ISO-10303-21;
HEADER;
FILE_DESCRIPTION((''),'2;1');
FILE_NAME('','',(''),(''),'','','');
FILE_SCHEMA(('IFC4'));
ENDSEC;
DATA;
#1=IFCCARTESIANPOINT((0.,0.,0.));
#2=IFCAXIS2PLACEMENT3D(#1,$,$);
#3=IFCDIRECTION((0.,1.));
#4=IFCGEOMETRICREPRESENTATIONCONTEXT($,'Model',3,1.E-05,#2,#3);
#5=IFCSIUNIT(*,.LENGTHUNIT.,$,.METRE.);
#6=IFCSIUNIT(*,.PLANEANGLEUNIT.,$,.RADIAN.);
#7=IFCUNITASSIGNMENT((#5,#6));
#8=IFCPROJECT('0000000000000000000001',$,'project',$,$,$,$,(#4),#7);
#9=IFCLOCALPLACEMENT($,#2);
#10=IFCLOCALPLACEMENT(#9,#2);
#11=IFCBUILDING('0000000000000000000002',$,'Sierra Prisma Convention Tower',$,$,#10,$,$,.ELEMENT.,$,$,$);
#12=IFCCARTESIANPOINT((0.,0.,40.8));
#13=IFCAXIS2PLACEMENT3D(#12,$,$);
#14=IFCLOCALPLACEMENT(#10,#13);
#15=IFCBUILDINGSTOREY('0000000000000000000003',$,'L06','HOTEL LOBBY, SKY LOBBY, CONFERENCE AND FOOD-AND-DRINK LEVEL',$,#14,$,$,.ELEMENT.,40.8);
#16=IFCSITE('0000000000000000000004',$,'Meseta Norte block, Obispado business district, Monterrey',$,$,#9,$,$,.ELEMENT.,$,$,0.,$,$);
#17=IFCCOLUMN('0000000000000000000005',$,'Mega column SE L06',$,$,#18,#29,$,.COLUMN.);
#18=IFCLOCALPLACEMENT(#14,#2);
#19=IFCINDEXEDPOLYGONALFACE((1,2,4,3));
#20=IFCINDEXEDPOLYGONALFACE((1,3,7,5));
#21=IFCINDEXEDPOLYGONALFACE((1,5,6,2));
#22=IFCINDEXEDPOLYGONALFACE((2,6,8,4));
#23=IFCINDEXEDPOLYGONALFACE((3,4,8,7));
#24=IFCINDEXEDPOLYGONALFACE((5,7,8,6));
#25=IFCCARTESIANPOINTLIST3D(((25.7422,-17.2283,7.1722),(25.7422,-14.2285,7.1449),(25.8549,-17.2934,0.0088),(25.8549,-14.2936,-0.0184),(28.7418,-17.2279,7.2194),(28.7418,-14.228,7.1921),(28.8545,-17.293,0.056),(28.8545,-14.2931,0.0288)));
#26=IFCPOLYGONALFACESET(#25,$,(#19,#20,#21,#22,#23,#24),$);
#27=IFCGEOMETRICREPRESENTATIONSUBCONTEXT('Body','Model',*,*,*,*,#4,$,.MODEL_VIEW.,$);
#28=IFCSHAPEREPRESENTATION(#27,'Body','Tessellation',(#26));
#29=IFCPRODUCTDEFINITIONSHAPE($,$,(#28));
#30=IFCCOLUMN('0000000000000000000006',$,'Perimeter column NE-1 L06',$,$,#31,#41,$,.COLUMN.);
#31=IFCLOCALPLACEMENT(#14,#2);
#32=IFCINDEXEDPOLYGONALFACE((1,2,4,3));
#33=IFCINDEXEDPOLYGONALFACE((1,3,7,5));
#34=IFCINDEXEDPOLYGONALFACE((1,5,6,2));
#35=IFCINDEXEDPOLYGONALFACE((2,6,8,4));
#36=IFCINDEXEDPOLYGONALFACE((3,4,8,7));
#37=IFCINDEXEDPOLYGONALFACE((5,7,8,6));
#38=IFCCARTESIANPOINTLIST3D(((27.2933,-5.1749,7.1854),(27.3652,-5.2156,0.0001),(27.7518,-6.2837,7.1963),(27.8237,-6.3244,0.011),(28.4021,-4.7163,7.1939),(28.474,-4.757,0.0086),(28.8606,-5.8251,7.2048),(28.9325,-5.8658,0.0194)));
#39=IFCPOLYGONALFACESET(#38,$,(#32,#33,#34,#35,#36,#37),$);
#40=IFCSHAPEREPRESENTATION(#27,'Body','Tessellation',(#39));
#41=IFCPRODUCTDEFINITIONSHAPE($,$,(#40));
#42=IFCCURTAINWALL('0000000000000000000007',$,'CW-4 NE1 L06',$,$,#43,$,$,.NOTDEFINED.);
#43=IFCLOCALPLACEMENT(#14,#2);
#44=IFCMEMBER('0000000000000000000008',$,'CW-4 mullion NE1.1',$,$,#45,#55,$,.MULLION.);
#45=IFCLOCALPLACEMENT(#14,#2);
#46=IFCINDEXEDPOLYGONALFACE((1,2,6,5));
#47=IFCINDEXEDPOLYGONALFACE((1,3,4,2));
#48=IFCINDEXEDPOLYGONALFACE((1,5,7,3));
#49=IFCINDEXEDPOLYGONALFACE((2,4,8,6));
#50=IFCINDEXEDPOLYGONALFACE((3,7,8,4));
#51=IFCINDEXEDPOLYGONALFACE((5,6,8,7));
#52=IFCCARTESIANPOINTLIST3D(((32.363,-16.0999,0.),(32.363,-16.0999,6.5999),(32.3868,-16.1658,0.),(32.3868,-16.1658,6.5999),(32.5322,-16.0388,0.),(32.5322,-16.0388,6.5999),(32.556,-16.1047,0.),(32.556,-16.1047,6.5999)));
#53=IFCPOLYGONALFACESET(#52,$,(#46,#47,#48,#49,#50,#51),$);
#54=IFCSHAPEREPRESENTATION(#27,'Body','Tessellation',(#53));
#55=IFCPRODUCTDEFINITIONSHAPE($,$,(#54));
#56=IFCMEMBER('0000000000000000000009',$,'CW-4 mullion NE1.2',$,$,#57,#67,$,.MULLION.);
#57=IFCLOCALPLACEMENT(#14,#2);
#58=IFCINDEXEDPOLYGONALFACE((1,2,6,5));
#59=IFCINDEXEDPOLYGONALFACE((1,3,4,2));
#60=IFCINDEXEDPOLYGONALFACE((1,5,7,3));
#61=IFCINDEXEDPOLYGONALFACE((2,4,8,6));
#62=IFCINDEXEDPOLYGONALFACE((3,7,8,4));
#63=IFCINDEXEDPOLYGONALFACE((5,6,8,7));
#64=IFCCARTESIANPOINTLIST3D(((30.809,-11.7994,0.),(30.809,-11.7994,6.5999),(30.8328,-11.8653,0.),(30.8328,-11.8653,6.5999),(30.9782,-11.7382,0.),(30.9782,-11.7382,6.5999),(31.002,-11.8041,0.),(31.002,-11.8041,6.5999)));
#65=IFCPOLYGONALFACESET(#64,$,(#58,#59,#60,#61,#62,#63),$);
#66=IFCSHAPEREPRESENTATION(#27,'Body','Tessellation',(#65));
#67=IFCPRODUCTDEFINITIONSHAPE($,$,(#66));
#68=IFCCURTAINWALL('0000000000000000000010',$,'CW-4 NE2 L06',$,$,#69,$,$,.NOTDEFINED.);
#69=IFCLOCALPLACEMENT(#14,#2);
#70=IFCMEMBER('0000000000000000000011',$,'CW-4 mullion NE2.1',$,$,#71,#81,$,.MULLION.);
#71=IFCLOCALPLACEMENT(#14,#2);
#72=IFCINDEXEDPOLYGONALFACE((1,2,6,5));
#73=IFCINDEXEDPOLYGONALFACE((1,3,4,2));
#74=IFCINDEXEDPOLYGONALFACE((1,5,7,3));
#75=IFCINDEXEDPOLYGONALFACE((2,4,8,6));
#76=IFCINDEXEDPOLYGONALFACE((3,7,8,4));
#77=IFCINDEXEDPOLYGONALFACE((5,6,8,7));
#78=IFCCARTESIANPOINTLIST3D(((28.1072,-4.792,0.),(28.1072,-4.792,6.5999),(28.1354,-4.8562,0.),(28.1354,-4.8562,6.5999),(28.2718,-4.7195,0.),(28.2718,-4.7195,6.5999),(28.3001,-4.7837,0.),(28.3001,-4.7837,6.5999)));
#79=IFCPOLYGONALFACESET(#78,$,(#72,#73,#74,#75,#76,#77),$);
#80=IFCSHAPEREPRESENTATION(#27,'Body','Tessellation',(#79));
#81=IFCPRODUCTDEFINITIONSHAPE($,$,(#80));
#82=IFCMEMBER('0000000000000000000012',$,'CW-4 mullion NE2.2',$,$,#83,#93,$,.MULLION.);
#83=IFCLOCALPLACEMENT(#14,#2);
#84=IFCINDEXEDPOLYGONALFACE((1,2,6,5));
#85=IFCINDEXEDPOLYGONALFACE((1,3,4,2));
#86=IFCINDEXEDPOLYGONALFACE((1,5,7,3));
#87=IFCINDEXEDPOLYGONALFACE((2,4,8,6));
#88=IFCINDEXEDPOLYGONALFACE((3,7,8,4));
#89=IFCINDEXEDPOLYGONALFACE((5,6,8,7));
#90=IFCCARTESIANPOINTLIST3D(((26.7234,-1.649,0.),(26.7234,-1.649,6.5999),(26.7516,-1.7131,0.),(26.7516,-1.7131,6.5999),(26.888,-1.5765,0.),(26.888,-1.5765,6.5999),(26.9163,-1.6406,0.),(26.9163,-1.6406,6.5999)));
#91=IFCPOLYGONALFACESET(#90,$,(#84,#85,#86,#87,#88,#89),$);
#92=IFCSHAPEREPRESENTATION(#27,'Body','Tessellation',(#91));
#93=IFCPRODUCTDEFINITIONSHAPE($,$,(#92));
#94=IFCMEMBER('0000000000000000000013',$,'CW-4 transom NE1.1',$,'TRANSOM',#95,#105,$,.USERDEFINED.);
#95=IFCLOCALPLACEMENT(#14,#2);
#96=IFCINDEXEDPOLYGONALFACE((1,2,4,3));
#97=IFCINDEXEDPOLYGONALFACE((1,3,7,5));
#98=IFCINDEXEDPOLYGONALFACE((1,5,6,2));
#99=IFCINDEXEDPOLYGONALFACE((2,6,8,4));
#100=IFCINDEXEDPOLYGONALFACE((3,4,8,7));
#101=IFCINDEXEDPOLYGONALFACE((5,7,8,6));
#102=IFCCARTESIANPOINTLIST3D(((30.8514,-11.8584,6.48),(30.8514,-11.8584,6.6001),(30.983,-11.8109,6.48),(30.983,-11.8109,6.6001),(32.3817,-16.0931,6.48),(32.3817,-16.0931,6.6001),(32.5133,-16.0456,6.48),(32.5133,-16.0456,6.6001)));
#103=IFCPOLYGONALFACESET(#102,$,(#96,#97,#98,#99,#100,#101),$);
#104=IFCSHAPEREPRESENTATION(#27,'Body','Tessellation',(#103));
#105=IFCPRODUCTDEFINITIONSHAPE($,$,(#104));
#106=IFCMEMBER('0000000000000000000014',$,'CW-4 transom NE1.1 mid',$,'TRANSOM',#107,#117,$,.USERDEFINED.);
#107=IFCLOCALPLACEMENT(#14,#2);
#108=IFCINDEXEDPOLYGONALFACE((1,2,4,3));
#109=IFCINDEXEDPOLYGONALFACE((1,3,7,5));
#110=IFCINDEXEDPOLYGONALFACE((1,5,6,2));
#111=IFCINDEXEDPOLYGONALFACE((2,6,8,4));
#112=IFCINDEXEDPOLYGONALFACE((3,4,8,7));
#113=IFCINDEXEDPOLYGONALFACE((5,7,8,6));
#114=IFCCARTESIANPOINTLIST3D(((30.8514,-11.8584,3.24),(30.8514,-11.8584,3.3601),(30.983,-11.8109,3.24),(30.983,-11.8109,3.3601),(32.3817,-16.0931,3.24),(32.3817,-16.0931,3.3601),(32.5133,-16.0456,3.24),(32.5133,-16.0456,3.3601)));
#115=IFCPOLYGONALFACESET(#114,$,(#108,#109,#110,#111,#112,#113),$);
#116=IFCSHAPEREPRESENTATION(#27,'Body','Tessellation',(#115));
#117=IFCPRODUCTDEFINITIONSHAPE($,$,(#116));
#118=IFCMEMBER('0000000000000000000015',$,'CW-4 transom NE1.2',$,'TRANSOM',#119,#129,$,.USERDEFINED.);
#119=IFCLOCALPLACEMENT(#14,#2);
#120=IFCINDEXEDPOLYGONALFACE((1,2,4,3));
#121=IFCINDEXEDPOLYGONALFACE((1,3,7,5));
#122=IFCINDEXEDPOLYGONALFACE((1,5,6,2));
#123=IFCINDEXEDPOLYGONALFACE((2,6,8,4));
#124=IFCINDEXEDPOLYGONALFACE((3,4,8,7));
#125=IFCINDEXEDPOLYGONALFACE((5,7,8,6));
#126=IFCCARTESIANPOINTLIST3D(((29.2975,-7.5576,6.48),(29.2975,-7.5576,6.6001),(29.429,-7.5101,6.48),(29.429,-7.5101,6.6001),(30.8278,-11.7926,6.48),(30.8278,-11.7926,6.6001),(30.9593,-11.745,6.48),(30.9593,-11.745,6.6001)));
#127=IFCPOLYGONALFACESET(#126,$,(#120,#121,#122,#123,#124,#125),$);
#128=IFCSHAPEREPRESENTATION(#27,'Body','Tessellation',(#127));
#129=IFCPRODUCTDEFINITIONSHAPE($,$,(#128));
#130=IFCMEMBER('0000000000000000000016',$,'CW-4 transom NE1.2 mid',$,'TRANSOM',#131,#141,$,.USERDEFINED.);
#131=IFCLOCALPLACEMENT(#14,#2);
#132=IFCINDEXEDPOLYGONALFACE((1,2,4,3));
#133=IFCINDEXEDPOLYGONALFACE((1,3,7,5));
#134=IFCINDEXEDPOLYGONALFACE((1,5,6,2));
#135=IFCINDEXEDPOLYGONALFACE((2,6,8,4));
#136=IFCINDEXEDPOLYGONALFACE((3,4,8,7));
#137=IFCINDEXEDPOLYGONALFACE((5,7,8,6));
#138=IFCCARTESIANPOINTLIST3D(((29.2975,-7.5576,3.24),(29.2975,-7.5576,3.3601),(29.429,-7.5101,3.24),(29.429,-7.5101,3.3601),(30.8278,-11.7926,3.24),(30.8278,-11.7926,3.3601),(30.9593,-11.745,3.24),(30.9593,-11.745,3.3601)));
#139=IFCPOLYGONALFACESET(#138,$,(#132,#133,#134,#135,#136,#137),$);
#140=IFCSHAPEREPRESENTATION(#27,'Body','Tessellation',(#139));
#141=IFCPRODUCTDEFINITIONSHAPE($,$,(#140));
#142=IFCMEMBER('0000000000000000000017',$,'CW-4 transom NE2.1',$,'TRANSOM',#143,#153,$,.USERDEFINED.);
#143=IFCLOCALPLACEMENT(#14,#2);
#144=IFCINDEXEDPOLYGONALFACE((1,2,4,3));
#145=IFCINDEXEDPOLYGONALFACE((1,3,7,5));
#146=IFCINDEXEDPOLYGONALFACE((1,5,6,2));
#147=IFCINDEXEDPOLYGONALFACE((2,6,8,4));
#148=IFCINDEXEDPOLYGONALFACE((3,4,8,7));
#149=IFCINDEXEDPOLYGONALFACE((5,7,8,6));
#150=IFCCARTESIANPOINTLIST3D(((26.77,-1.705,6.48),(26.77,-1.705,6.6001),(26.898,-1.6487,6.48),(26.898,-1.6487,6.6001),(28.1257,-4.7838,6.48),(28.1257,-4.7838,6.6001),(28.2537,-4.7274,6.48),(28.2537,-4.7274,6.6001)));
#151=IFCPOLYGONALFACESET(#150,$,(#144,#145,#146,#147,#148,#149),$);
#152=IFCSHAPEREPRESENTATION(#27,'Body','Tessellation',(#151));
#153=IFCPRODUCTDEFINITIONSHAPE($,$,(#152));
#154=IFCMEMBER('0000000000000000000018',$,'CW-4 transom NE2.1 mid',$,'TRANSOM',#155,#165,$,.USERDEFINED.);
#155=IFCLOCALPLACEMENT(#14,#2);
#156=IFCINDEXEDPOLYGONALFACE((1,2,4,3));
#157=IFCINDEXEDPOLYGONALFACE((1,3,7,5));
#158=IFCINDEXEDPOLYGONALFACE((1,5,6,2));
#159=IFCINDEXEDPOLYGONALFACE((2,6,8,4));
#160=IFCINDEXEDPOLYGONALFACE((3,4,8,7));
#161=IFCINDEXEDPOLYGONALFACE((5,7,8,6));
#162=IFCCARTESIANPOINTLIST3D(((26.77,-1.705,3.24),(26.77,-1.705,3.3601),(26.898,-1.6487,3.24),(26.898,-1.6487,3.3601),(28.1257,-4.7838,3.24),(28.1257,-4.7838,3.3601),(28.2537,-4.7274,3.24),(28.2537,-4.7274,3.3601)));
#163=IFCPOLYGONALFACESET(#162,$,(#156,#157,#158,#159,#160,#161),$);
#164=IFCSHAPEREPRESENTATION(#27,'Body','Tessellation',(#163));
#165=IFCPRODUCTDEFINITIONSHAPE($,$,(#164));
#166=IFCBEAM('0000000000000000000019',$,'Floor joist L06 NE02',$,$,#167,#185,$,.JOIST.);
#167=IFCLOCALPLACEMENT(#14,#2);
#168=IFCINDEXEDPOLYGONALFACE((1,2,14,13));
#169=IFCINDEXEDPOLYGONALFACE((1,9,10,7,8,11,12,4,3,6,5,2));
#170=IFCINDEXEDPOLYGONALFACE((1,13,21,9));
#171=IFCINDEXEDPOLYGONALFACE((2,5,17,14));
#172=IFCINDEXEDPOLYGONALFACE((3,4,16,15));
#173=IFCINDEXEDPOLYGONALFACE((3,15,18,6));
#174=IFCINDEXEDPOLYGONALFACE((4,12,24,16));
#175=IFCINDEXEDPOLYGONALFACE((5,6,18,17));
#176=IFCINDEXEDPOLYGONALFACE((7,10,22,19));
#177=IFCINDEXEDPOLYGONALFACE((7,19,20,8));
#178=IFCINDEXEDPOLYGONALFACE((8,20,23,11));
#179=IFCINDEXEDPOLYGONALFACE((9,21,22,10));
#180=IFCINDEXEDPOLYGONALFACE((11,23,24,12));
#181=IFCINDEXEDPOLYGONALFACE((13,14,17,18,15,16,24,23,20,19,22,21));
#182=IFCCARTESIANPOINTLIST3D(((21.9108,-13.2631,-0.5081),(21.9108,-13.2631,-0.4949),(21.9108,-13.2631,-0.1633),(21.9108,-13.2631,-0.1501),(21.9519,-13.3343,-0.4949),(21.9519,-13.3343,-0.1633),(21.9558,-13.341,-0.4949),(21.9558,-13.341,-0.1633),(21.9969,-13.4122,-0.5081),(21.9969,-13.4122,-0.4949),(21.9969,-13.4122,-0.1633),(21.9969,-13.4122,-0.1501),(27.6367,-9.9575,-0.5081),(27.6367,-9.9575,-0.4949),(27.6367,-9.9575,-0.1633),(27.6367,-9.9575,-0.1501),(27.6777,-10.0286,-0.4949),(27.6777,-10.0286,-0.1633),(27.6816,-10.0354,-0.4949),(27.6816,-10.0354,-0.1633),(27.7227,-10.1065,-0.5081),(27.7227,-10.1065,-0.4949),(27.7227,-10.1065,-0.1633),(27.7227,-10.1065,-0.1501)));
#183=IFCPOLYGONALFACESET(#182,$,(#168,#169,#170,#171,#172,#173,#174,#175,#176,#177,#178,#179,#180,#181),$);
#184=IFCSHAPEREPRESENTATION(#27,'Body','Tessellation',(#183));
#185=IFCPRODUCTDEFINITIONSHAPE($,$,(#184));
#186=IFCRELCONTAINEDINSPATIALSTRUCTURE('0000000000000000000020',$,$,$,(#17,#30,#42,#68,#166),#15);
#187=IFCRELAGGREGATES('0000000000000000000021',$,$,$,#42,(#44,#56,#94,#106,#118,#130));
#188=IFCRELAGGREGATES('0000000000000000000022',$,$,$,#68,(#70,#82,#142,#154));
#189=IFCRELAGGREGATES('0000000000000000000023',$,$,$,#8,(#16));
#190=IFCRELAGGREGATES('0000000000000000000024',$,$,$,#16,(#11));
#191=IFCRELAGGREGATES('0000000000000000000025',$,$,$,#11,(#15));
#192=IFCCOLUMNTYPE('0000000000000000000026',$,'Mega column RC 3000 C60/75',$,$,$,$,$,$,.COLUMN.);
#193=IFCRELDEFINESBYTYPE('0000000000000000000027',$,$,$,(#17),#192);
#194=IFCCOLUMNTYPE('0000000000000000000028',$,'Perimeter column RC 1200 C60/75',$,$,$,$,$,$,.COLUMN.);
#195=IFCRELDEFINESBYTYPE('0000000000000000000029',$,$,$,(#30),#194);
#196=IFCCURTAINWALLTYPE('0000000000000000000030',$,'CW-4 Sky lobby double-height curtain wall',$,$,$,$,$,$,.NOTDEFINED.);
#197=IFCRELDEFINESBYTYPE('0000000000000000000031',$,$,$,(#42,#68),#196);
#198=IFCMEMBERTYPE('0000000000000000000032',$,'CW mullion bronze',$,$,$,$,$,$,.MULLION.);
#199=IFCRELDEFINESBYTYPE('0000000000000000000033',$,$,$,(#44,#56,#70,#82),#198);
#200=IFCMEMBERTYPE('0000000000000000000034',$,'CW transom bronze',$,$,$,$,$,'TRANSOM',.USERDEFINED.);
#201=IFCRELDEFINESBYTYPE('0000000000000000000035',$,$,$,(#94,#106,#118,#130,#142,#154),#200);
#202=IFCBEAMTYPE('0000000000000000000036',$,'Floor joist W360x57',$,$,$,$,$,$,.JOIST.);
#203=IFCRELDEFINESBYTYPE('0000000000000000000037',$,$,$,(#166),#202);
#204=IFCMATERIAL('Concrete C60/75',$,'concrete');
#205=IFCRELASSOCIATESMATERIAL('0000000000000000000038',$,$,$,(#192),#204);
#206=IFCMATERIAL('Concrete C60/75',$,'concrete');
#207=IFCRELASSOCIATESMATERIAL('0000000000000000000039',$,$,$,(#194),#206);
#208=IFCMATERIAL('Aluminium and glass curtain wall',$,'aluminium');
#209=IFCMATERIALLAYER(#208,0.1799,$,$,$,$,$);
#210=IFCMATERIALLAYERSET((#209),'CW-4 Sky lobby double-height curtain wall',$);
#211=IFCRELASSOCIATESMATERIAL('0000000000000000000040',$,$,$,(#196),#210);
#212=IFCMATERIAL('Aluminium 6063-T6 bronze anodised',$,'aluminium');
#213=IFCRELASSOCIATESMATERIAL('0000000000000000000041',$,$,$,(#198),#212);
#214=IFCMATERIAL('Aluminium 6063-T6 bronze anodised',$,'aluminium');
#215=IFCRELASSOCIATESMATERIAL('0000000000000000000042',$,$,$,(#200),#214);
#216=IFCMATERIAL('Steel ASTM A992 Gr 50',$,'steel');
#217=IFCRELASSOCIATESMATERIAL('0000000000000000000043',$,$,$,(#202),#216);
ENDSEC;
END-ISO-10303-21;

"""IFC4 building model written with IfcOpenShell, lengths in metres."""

from ifc_helpers import new_model, si_unit, direction, frame, origin, origin_2d, place, context, subcontext, project, spatial, rectangle, i_section, extrude, clip, halfspace, material, layer, layer_set, material_profile, profile_set, type_object, element, aggregate, save


model = new_model("IFC4")

# Units and contexts
model_context = context("Model", 3, precision=1e-05, world=origin(), true_north=direction((0.0, 1.0)))
body_context = subcontext(model_context, "Body", "Model", "MODEL_VIEW")
ifc_project = project(units=[si_unit("LENGTHUNIT", "METRE"), si_unit("PLANEANGLEUNIT", "RADIAN")], contexts=[model_context])

# Site, building, storey
site_placement = place(None, origin())
site = spatial("IfcSite", under=ifc_project, at=site_placement, Name="Meseta Norte block, Obispado business district, Monterrey", CompositionType="ELEMENT", RefElevation=0.0)
building_placement = place(site_placement, origin())
building = spatial("IfcBuilding", under=site, at=building_placement, Name="Sierra Prisma Convention Tower", CompositionType="ELEMENT")
storey_placement = place(building_placement, frame((0.0, 0.0, 40.8)))
storey = spatial("IfcBuildingStorey", under=building, at=storey_placement, Name="L06", Description="HOTEL LOBBY, SKY LOBBY, CONFERENCE AND FOOD-AND-DRINK LEVEL", CompositionType="ELEMENT", Elevation=40.8)

# Columns
ifc_material_1 = material(Name="Concrete C60/75", Category="concrete")
ifc_material_profile_1 = material_profile(ifc_material_1, rectangle(XDim=3.0, YDim=3.0, at=origin_2d()), Name="Mega column RC 3000 C60/75")
ifc_profile_set_1 = profile_set([ifc_material_profile_1], Name="Concrete C60/75")
column_type_1 = type_object("IfcColumnType", Name="Mega column RC 3000 C60/75", PredefinedType="COLUMN", material=ifc_profile_set_1)
column_1_placement = place(storey_placement, frame((27.355, -15.7935, 0.0), z_axis=(-0.015731, 0.009086, 0.999835), x_axis=(0.999876, 0.000143, 0.01573)))
element("IfcColumn", 1, at=column_1_placement, inside=storey, type_object=column_type_1, Name="Mega column SE L06", PredefinedType="COLUMN", context=body_context, shape_type="SweptSolid", body=[
    clip(clip(extrude(rectangle(XDim=3.0, YDim=3.0, at=origin_2d()), origin(), (0.0, 0.0, 1.0), 7.2012), halfspace(frame((0.0, 0.0, 0.0188)), True)), halfspace(frame((0.0, 0.0, 7.1833)), False)),
])
ifc_material_2 = material(Name="Concrete C60/75", Category="concrete")
ifc_material_profile_2 = material_profile(ifc_material_2, rectangle(XDim=1.2, YDim=1.2, at=origin_2d()), Name="Perimeter column RC 1200 C60/75")
ifc_profile_set_2 = profile_set([ifc_material_profile_2], Name="Concrete C60/75")
column_type_2 = type_object("IfcColumnType", Name="Perimeter column RC 1200 C60/75", PredefinedType="COLUMN", material=ifc_profile_set_2)
column_2_placement = place(storey_placement, frame((28.1489, -5.5408, 0.0), z_axis=(-0.010002, 0.005662, 0.999934), x_axis=(-0.382116, 0.92407, -0.009055)))
element("IfcColumn", 2, at=column_2_placement, inside=storey, type_object=column_type_2, Name="Perimeter column NE-1 L06", PredefinedType="COLUMN", context=body_context, shape_type="SweptSolid", body=[
    clip(clip(extrude(rectangle(XDim=1.2, YDim=1.2, at=origin_2d()), origin(), (0.0, 0.0, 1.0), 7.2004), halfspace(frame((0.0, 0.0, 0.0098)), True)), halfspace(frame((0.0, 0.0, 7.1956)), False)),
])

# Curtain walls, members
ifc_material_3 = material(Name="Aluminium and glass curtain wall", Category="aluminium")
ifc_layer_1 = layer(ifc_material_3, 0.1799)
ifc_layer_set_1 = layer_set([ifc_layer_1], Name="CW-4 Sky lobby double-height curtain wall")
curtain_wall_type = type_object("IfcCurtainWallType", Name="CW-4 Sky lobby double-height curtain wall", PredefinedType="NOTDEFINED", material=ifc_layer_set_1)
curtain_wall_1_placement = place(storey_placement, origin())
curtain_wall_1 = element("IfcCurtainWall", 3, at=curtain_wall_1_placement, inside=storey, type_object=curtain_wall_type, Name="CW-4 NE1 L06", PredefinedType="NOTDEFINED")
ifc_material_4 = material(Name="Aluminium 6063-T6 bronze anodised", Category="aluminium")
ifc_material_profile_3 = material_profile(ifc_material_4, rectangle(XDim=0.1799, YDim=0.0701, at=origin_2d()), Name="ALU MULLION 70x180")
ifc_profile_set_3 = profile_set([ifc_material_profile_3], Name="Aluminium 6063-T6 bronze anodised")
member_type_1 = type_object("IfcMemberType", Name="CW mullion bronze", PredefinedType="MULLION", material=ifc_profile_set_3)
member_1_placement = place(storey_placement, frame((32.4595, -16.1023, 0.0), z_axis=(0.0, 0.0, 1.0), x_axis=(-0.940479, -0.339853, 0.0)))
member_1 = element("IfcMember", 4, at=member_1_placement, type_object=member_type_1, Name="CW-4 mullion NE1.1", PredefinedType="MULLION", context=body_context, shape_type="SweptSolid", body=[
    extrude(rectangle(XDim=0.1799, YDim=0.0701, at=origin_2d()), origin(), (0.0, 0.0, 1.0), 6.5999),
])
member_2_placement = place(storey_placement, frame((30.9055, -11.8018, 0.0), z_axis=(0.0, 0.0, 1.0), x_axis=(-0.940479, -0.339853, 0.0)))
member_2 = element("IfcMember", 5, at=member_2_placement, type_object=member_type_1, Name="CW-4 mullion NE1.2", PredefinedType="MULLION", context=body_context, shape_type="SweptSolid", body=[
    extrude(rectangle(XDim=0.1799, YDim=0.0701, at=origin_2d()), origin(), (0.0, 0.0, 1.0), 6.5999),
])
curtain_wall_2_placement = place(storey_placement, origin())
curtain_wall_2 = element("IfcCurtainWall", 6, at=curtain_wall_2_placement, inside=storey, type_object=curtain_wall_type, Name="CW-4 NE2 L06", PredefinedType="NOTDEFINED")
member_3_placement = place(storey_placement, frame((28.2036, -4.7878, 0.0), z_axis=(0.0, 0.0, 1.0), x_axis=(-0.915207, -0.402984, 0.0)))
member_3 = element("IfcMember", 7, at=member_3_placement, type_object=member_type_1, Name="CW-4 mullion NE2.1", PredefinedType="MULLION", context=body_context, shape_type="SweptSolid", body=[
    extrude(rectangle(XDim=0.1799, YDim=0.0701, at=origin_2d()), origin(), (0.0, 0.0, 1.0), 6.5999),
])
member_4_placement = place(storey_placement, frame((26.8198, -1.6448, 0.0), z_axis=(0.0, 0.0, 1.0), x_axis=(-0.915207, -0.402984, 0.0)))
member_4 = element("IfcMember", 8, at=member_4_placement, type_object=member_type_1, Name="CW-4 mullion NE2.2", PredefinedType="MULLION", context=body_context, shape_type="SweptSolid", body=[
    extrude(rectangle(XDim=0.1799, YDim=0.0701, at=origin_2d()), origin(), (0.0, 0.0, 1.0), 6.5999),
])

# Members
ifc_material_5 = material(Name="Aluminium 6063-T6 bronze anodised", Category="aluminium")
ifc_material_profile_4 = material_profile(ifc_material_5, rectangle(XDim=0.1399, YDim=0.1201, at=origin_2d()), Name="ALU TRANSOM 120x140")
ifc_profile_set_4 = profile_set([ifc_material_profile_4], Name="Aluminium 6063-T6 bronze anodised")
member_type_2 = type_object("IfcMemberType", Name="CW transom bronze", ElementType="TRANSOM", PredefinedType="USERDEFINED", material=ifc_profile_set_4)
member_5_placement = place(storey_placement, frame((32.4475, -16.0693, 6.54), z_axis=(-0.339862, 0.940475, 0.0), x_axis=(-0.940475, -0.339862, 0.0)))
member_5 = element("IfcMember", 9, at=member_5_placement, type_object=member_type_2, Name="CW-4 transom NE1.1", ObjectType="TRANSOM", PredefinedType="USERDEFINED", context=body_context, shape_type="SweptSolid", body=[
    extrude(rectangle(XDim=0.1399, YDim=0.1201, at=origin_2d()), origin(), (0.0, 0.0, 1.0), 4.5027),
])
member_6_placement = place(storey_placement, frame((32.4475, -16.0693, 3.3), z_axis=(-0.339862, 0.940475, 0.0), x_axis=(-0.940475, -0.339862, 0.0)))
member_6 = element("IfcMember", 10, at=member_6_placement, type_object=member_type_2, Name="CW-4 transom NE1.1 mid", ObjectType="TRANSOM", PredefinedType="USERDEFINED", context=body_context, shape_type="SweptSolid", body=[
    extrude(rectangle(XDim=0.1399, YDim=0.1201, at=origin_2d()), origin(), (0.0, 0.0, 1.0), 4.5027),
])
member_7_placement = place(storey_placement, frame((30.8936, -11.7688, 6.54), z_axis=(-0.339844, 0.940482, 0.0), x_axis=(-0.940482, -0.339844, 0.0)))
member_7 = element("IfcMember", 11, at=member_7_placement, type_object=member_type_2, Name="CW-4 transom NE1.2", ObjectType="TRANSOM", PredefinedType="USERDEFINED", context=body_context, shape_type="SweptSolid", body=[
    extrude(rectangle(XDim=0.1399, YDim=0.1201, at=origin_2d()), origin(), (0.0, 0.0, 1.0), 4.5029),
])
member_8_placement = place(storey_placement, frame((30.8936, -11.7688, 3.3), z_axis=(-0.339844, 0.940482, 0.0), x_axis=(-0.940482, -0.339844, 0.0)))
member_8 = element("IfcMember", 12, at=member_8_placement, type_object=member_type_2, Name="CW-4 transom NE1.2 mid", ObjectType="TRANSOM", PredefinedType="USERDEFINED", context=body_context, shape_type="SweptSolid", body=[
    extrude(rectangle(XDim=0.1399, YDim=0.1201, at=origin_2d()), origin(), (0.0, 0.0, 1.0), 4.5029),
])
member_9_placement = place(storey_placement, frame((28.1897, -4.7556, 6.54), z_axis=(-0.402992, 0.915204, 0.0), x_axis=(-0.915204, -0.402992, 0.0)))
member_9 = element("IfcMember", 13, at=member_9_placement, type_object=member_type_2, Name="CW-4 transom NE2.1", ObjectType="TRANSOM", PredefinedType="USERDEFINED", context=body_context, shape_type="SweptSolid", body=[
    extrude(rectangle(XDim=0.1399, YDim=0.1201, at=origin_2d()), origin(), (0.0, 0.0, 1.0), 3.364),
])
member_10_placement = place(storey_placement, frame((28.1897, -4.7556, 3.3), z_axis=(-0.402992, 0.915204, 0.0), x_axis=(-0.915204, -0.402992, 0.0)))
member_10 = element("IfcMember", 14, at=member_10_placement, type_object=member_type_2, Name="CW-4 transom NE2.1 mid", ObjectType="TRANSOM", PredefinedType="USERDEFINED", context=body_context, shape_type="SweptSolid", body=[
    extrude(rectangle(XDim=0.1399, YDim=0.1201, at=origin_2d()), origin(), (0.0, 0.0, 1.0), 3.364),
])

# Beam
ifc_material_6 = material(Name="Steel ASTM A992 Gr 50", Category="steel")
ifc_material_profile_5 = material_profile(ifc_material_6, i_section(OverallWidth=0.1721, OverallDepth=0.3579, WebThickness=0.0078, FlangeThickness=0.0132, at=origin_2d()), Name="W360x57")
ifc_profile_set_5 = profile_set([ifc_material_profile_5], Name="Steel ASTM A992 Gr 50")
beam_type_1 = type_object("IfcBeamType", Name="Floor joist W360x57", PredefinedType="JOIST", material=ifc_profile_set_5)
beam_1_placement = place(storey_placement, frame((27.6797, -10.032, -0.3291), z_axis=(-0.866035, -0.499983, 0.0), x_axis=(0.499983, -0.866035, 0.0)))
element("IfcBeam", 15, at=beam_1_placement, inside=storey, type_object=beam_type_1, Name="Floor joist L06 NE02", PredefinedType="JOIST", context=body_context, shape_type="SweptSolid", body=[
    extrude(i_section(OverallWidth=0.1721, OverallDepth=0.3579, WebThickness=0.0078, FlangeThickness=0.0132, at=origin_2d()), origin(), (0.0, 0.0, 1.0), 6.6116),
])

aggregate(curtain_wall_1, [member_1, member_2, member_5, member_6, member_7, member_8])
aggregate(curtain_wall_2, [member_3, member_4, member_9, member_10])

save(model, "model.ifc")
